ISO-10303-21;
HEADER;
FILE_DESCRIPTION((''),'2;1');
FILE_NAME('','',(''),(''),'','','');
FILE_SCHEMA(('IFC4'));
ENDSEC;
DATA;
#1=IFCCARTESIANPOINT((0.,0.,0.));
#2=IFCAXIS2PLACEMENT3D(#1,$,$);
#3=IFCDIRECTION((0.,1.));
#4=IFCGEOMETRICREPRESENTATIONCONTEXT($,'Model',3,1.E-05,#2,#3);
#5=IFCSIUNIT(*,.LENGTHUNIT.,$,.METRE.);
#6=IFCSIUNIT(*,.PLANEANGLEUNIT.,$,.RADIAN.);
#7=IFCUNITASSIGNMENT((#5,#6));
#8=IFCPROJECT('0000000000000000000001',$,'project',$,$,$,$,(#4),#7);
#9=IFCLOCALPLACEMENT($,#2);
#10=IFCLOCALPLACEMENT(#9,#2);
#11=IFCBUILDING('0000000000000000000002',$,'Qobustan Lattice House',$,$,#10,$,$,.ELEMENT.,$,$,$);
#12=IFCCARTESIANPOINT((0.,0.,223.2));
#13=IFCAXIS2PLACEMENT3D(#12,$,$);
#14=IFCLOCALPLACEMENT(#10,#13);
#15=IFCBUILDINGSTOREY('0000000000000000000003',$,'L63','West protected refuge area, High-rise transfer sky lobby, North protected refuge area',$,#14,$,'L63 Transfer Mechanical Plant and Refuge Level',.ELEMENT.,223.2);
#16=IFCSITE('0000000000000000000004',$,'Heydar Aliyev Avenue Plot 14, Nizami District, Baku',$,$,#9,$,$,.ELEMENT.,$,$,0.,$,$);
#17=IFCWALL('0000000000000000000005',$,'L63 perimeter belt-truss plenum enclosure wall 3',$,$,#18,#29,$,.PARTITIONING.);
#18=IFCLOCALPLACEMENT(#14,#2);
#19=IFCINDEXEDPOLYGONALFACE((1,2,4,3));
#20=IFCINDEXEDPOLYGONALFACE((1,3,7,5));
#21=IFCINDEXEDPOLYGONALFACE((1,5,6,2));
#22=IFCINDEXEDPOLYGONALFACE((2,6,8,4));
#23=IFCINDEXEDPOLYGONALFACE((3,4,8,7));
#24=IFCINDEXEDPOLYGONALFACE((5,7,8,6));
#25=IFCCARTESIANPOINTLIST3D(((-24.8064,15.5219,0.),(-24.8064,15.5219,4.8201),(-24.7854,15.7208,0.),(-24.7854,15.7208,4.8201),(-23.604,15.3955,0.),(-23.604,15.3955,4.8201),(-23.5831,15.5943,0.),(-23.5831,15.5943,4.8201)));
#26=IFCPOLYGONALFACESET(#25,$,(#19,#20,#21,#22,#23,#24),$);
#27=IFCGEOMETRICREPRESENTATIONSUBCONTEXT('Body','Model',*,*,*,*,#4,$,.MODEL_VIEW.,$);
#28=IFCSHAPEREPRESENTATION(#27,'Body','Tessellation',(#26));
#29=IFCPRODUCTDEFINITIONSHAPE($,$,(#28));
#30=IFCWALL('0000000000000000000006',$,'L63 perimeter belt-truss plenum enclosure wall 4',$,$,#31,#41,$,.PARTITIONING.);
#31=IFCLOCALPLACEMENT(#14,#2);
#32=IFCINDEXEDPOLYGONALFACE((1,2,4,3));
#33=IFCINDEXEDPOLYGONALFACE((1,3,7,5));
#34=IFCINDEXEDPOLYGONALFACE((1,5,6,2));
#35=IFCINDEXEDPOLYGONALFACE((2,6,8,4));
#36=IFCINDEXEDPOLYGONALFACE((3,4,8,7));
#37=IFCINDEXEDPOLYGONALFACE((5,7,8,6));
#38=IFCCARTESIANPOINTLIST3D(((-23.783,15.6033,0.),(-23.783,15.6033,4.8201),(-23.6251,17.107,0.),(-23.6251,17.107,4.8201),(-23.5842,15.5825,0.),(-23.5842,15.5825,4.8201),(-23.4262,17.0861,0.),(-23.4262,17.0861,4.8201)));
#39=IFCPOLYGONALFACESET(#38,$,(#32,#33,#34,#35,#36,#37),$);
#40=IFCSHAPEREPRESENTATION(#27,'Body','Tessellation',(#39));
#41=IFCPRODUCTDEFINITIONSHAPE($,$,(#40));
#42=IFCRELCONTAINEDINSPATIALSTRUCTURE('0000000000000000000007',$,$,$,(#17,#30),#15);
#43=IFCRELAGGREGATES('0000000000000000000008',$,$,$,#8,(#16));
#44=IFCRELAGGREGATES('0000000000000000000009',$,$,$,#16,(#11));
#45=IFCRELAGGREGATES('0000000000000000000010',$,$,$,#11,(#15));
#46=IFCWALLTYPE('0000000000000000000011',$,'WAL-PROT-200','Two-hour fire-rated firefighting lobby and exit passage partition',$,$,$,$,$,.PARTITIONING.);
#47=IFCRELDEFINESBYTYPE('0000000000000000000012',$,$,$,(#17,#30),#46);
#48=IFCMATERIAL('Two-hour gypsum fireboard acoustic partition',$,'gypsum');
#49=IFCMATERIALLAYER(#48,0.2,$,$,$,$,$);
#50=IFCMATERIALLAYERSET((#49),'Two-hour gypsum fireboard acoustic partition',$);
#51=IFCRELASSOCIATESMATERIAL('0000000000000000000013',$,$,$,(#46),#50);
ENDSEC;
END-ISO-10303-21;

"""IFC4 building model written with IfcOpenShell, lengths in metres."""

from ifc_helpers import new_model, si_unit, direction, frame, frame_2d, origin, place, context, subcontext, project, spatial, rectangle, extrude, material, layer, layer_set, type_object, element, save


model = new_model("IFC4")

# Units and contexts
model_context = context("Model", 3, precision=1e-05, world=origin(), true_north=direction((0.0, 1.0)))
body_context = subcontext(model_context, "Body", "Model", "MODEL_VIEW")
ifc_project = project(units=[si_unit("LENGTHUNIT", "METRE"), si_unit("PLANEANGLEUNIT", "RADIAN")], contexts=[model_context])

# Site, building, storey
site_placement = place(None, origin())
site = spatial("IfcSite", under=ifc_project, at=site_placement, Name="Heydar Aliyev Avenue Plot 14, Nizami District, Baku", CompositionType="ELEMENT", RefElevation=0.0)
building_placement = place(site_placement, origin())
building = spatial("IfcBuilding", under=site, at=building_placement, Name="Qobustan Lattice House", CompositionType="ELEMENT")
storey_placement = place(building_placement, frame((0.0, 0.0, 223.2)))
storey = spatial("IfcBuildingStorey", under=building, at=storey_placement, Name="L63", Description="West protected refuge area, High-rise transfer sky lobby, North protected refuge area", LongName="L63 Transfer Mechanical Plant and Refuge Level", CompositionType="ELEMENT", Elevation=223.2)

# Walls
ifc_material_1 = material(Name="Two-hour gypsum fireboard acoustic partition", Category="gypsum")
ifc_layer_1 = layer(ifc_material_1, 0.2)
ifc_layer_set_1 = layer_set([ifc_layer_1], Name="Two-hour gypsum fireboard acoustic partition")
wall_type_1 = type_object("IfcWallType", Name="WAL-PROT-200", Description="Two-hour fire-rated firefighting lobby and exit passage partition", PredefinedType="PARTITIONING", material=ifc_layer_set_1)
wall_1_placement = place(storey_placement, frame((-24.7959, 15.6213, 0.0), z_axis=(0.0, 0.0, 1.0), x_axis=(0.994514, -0.104601, 0.0)))
element("IfcWall", 1, at=wall_1_placement, inside=storey, type_object=wall_type_1, Name="L63 perimeter belt-truss plenum enclosure wall 3", PredefinedType="PARTITIONING", context=body_context, shape_type="SweptSolid", body=[
    extrude(rectangle(XDim=1.209, YDim=0.2, at=frame_2d((0.6045, 0.0))), origin(), (0.0, 0.0, 1.0), 4.8201),
])
wall_2_placement = place(storey_placement, frame((-23.6836, 15.593, 0.0), z_axis=(0.0, 0.0, 1.0), x_axis=(0.104475, 0.994528, 0.0)))
element("IfcWall", 2, at=wall_2_placement, inside=storey, type_object=wall_type_1, Name="L63 perimeter belt-truss plenum enclosure wall 4", PredefinedType="PARTITIONING", context=body_context, shape_type="SweptSolid", body=[
    extrude(rectangle(XDim=1.512, YDim=0.2, at=frame_2d((0.7559, 0.0))), origin(), (0.0, 0.0, 1.0), 4.8201),
])

save(model, "model.ifc")
